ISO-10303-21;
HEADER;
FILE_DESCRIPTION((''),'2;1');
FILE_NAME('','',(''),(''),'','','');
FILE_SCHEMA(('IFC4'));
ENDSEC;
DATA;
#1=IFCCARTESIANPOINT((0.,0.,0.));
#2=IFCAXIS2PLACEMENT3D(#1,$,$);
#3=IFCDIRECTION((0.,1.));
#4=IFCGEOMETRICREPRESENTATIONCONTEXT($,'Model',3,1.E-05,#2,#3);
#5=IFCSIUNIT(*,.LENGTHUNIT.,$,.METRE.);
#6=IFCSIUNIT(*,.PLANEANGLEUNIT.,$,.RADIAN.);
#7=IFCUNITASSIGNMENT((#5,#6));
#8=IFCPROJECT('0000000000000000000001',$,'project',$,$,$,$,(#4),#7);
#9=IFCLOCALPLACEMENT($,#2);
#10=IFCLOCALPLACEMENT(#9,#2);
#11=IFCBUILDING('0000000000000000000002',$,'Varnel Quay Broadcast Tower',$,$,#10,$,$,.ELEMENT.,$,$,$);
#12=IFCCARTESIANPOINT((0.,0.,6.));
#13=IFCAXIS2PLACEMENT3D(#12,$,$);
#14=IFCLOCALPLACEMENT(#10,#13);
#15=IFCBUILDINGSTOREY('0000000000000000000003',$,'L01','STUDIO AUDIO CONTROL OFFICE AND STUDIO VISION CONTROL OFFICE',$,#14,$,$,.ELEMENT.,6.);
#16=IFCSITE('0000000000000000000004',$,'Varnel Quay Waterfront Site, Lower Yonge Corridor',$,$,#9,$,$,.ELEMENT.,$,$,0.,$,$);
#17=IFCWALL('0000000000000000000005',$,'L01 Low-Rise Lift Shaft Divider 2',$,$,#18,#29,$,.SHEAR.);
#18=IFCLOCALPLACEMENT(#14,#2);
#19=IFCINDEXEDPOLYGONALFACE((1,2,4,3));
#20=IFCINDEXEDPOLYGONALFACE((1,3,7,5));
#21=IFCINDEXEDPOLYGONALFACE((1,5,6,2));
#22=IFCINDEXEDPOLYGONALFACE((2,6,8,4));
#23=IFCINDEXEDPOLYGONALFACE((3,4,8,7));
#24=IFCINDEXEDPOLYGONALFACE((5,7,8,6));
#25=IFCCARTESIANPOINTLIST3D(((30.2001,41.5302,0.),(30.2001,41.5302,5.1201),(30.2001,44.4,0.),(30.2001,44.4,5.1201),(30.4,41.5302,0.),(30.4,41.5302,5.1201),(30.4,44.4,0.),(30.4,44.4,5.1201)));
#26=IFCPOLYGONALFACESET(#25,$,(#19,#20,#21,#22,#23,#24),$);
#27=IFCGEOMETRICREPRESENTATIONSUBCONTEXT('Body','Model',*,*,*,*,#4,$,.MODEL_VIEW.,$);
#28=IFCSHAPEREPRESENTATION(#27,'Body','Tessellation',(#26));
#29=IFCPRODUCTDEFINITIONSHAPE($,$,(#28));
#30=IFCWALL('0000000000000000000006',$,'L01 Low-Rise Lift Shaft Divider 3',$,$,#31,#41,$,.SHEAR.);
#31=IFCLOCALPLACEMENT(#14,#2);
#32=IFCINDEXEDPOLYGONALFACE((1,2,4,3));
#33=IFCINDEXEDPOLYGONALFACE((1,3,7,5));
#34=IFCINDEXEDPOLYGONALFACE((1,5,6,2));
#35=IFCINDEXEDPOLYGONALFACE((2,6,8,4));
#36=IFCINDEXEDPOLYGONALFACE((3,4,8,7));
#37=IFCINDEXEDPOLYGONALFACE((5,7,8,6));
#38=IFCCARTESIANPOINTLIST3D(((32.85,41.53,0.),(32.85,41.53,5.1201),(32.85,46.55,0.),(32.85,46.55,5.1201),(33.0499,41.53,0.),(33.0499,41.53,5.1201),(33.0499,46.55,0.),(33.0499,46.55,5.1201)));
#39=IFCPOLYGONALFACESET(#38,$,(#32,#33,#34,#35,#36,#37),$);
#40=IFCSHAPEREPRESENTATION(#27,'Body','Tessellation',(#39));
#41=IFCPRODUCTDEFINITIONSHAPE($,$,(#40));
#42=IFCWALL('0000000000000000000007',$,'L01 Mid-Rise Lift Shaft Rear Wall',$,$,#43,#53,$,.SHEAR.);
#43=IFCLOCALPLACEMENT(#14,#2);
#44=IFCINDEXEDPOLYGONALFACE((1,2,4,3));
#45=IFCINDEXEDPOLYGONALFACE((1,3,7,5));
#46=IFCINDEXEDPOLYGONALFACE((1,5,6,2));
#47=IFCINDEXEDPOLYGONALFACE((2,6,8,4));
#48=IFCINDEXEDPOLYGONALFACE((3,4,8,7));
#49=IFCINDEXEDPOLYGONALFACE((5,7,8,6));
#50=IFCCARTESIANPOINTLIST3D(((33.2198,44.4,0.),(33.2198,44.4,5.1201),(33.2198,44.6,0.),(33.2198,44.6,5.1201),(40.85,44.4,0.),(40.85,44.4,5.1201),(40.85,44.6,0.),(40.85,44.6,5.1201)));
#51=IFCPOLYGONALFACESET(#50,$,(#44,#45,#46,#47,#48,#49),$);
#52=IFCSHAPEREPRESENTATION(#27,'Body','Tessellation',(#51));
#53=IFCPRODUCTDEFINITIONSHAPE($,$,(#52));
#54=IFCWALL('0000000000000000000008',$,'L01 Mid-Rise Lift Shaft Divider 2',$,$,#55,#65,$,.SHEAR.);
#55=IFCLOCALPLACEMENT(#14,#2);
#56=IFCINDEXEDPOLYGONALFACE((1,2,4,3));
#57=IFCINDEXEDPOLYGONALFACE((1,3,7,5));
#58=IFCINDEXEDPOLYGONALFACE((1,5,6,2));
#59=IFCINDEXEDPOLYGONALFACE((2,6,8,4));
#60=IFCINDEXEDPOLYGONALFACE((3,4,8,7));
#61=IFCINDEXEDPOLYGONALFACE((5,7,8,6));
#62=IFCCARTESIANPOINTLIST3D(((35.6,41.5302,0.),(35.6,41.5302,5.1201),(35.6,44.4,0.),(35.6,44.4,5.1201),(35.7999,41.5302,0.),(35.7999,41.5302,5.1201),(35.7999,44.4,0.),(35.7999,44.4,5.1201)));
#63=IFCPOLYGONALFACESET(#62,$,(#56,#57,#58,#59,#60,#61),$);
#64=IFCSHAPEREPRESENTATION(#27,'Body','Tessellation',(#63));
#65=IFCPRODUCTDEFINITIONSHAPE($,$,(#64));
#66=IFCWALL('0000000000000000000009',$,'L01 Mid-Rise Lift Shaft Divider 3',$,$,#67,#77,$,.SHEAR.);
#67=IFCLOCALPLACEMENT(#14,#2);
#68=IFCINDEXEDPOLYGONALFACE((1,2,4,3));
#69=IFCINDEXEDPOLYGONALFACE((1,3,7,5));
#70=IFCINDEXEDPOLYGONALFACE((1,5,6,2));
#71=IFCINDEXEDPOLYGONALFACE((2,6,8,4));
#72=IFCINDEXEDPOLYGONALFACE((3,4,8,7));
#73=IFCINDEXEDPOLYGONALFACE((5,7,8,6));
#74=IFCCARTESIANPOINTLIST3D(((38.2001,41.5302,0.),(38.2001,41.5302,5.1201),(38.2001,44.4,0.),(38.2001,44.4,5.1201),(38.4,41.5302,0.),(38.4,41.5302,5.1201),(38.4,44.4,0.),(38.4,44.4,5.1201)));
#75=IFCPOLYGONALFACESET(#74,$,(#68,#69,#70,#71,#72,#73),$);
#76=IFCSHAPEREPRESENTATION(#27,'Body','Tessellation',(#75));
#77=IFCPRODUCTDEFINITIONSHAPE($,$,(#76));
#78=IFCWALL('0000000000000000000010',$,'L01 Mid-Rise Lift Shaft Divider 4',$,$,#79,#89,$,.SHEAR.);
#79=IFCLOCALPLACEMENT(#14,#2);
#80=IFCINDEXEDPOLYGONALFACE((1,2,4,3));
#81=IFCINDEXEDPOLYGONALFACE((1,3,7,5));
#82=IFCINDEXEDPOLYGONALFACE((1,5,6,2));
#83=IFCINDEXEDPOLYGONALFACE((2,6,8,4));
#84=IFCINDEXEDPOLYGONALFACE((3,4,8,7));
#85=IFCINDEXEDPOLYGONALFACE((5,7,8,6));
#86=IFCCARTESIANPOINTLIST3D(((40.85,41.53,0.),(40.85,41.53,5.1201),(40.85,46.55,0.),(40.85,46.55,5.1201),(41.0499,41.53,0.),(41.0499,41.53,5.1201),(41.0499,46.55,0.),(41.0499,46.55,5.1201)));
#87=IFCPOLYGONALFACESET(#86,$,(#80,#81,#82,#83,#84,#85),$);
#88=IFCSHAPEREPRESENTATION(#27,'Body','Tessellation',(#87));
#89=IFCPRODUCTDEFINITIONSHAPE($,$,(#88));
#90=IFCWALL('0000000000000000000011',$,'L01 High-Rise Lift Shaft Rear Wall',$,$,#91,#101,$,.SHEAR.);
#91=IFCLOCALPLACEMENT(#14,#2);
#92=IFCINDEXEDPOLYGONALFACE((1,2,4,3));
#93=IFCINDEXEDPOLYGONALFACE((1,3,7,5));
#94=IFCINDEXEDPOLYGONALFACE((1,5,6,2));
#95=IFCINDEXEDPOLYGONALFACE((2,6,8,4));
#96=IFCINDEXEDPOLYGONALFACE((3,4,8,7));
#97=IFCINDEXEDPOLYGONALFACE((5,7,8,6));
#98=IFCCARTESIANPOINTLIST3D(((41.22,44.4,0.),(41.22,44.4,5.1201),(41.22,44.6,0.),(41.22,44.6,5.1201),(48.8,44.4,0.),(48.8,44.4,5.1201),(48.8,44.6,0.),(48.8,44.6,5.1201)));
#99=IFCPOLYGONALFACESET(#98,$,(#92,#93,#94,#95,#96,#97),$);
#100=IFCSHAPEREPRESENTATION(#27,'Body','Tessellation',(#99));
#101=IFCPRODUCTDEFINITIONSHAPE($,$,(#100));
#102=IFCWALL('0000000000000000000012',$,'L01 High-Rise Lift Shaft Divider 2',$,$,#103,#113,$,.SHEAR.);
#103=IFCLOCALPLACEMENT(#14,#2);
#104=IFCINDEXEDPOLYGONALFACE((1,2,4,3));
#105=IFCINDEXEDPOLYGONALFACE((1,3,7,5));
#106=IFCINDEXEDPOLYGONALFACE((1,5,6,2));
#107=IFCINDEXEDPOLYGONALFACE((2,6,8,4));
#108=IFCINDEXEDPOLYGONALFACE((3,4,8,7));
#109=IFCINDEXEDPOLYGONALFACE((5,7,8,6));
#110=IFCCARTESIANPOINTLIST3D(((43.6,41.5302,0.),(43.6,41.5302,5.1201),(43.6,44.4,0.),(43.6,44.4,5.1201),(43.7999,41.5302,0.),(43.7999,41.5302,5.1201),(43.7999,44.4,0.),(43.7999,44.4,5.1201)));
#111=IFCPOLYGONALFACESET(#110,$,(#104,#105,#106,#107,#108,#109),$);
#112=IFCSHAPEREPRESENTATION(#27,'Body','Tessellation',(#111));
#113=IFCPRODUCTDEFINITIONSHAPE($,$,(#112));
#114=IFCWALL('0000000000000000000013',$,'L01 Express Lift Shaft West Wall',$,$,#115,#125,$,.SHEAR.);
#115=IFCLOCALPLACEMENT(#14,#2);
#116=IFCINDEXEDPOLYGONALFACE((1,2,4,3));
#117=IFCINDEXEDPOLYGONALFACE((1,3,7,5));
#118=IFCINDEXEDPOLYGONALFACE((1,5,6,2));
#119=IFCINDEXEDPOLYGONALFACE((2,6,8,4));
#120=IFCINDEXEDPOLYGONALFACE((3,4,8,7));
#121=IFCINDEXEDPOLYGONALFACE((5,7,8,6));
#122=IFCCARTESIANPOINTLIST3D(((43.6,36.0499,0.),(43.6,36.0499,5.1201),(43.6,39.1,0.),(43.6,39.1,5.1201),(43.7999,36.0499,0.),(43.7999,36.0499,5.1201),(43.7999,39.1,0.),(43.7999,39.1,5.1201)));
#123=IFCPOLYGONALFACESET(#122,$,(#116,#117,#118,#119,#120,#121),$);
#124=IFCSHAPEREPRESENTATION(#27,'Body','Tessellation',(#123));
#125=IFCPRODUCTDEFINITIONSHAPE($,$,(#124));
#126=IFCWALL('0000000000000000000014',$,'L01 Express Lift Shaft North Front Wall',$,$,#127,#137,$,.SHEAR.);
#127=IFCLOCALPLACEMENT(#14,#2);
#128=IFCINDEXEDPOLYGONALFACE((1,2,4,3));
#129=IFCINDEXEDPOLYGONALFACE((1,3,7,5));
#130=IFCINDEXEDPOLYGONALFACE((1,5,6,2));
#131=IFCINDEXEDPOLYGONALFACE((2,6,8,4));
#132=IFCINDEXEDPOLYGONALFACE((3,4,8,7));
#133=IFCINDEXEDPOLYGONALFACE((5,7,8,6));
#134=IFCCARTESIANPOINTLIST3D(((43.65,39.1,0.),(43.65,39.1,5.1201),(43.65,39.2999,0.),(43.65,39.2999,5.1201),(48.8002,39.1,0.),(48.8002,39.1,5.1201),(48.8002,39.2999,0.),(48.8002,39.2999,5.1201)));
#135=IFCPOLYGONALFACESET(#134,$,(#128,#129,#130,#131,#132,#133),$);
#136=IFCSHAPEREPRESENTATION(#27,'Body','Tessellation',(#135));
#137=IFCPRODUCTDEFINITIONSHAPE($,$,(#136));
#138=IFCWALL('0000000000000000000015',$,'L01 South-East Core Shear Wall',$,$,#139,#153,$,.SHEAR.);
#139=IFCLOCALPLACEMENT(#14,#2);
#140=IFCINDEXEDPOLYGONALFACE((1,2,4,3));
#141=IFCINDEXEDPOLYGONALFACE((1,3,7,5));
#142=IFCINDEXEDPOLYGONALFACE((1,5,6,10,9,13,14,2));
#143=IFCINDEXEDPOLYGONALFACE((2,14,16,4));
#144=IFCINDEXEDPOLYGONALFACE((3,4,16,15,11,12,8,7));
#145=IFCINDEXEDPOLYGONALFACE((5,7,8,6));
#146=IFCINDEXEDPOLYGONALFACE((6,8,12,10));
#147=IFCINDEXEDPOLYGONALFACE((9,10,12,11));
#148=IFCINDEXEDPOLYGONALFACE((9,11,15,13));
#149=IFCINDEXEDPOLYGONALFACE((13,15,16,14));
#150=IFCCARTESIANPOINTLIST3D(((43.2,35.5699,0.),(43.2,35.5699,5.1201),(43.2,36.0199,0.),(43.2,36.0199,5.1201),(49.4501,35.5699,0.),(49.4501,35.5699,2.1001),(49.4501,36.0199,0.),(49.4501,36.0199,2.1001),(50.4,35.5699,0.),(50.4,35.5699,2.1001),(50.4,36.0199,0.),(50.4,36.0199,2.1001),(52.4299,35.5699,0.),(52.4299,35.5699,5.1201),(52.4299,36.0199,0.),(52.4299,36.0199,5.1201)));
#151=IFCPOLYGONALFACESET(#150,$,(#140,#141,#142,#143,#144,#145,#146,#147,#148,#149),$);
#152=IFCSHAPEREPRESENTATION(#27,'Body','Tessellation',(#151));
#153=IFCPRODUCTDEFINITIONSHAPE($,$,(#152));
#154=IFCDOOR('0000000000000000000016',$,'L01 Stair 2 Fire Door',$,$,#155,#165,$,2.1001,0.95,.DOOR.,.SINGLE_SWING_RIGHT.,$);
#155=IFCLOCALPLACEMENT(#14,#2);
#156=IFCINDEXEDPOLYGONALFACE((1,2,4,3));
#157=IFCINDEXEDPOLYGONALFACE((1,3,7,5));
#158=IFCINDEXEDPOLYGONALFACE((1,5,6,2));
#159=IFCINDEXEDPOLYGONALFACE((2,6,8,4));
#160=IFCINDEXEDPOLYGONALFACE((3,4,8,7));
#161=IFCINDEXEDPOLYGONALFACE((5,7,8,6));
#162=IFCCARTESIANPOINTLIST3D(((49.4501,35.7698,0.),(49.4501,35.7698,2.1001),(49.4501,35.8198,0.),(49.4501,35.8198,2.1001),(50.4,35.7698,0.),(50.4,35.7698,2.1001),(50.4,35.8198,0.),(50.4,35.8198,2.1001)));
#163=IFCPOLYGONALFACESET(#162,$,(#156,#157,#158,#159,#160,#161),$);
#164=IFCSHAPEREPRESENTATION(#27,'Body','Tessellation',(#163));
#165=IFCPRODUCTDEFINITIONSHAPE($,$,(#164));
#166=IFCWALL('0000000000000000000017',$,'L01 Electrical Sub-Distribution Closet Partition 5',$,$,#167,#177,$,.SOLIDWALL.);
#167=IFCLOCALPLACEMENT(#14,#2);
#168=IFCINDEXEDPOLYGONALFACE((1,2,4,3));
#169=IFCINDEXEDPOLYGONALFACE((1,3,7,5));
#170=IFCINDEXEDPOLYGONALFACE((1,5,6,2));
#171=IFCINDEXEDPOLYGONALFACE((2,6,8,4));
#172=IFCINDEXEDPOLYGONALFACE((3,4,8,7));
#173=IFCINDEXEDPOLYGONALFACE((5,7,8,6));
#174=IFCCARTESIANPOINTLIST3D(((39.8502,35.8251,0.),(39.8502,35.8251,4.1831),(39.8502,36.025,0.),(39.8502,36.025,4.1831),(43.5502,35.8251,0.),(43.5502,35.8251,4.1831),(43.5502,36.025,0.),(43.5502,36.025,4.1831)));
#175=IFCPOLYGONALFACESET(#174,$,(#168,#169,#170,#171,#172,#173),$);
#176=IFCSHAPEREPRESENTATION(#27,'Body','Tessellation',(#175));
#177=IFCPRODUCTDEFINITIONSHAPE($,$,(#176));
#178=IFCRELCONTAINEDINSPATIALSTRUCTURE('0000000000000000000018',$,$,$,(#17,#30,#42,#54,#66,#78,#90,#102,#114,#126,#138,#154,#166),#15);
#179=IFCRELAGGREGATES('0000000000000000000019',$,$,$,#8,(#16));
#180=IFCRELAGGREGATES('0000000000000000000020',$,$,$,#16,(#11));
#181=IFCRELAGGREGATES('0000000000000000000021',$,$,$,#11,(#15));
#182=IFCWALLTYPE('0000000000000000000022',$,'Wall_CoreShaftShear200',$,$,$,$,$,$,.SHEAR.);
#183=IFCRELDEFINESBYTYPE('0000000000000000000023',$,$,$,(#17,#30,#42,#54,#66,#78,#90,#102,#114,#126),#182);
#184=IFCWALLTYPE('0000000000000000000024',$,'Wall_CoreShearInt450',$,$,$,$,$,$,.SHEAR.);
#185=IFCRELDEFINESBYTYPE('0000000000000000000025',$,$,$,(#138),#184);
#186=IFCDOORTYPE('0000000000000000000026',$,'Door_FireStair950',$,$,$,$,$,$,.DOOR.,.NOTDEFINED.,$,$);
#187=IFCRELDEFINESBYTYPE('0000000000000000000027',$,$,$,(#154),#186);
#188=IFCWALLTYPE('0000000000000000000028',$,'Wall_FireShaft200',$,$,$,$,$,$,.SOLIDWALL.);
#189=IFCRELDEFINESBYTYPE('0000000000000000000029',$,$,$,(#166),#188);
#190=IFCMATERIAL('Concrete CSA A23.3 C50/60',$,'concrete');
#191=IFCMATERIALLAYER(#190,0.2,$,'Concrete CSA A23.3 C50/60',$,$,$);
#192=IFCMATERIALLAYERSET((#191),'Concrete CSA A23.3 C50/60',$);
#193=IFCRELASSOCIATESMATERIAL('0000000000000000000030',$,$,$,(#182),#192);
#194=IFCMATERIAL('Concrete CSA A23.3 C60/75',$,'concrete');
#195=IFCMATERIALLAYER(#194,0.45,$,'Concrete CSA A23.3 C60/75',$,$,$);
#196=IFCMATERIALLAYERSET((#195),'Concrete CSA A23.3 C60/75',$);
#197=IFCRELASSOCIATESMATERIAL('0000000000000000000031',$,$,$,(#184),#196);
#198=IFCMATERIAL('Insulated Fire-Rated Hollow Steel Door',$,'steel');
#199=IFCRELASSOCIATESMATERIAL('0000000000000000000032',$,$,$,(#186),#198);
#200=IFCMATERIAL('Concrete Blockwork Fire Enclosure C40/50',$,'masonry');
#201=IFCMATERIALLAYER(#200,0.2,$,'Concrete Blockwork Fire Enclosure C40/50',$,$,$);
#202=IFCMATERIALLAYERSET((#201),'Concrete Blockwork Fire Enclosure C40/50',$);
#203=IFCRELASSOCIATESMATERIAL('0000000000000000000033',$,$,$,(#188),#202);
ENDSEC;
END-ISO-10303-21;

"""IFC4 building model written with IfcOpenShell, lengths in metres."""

from ifc_helpers import new_model, si_unit, direction, frame, frame_2d, origin, place, context, subcontext, project, spatial, rectangle, extrude, source, transform, mapped, material, layer, layer_set, type_object, type_shapes, element, fill, save


model = new_model("IFC4")

# Units and contexts
model_context = context("Model", 3, precision=1e-05, world=origin(), true_north=direction((0.0, 1.0)))
body_context = subcontext(model_context, "Body", "Model", "MODEL_VIEW")
ifc_project = project(units=[si_unit("LENGTHUNIT", "METRE"), si_unit("PLANEANGLEUNIT", "RADIAN")], contexts=[model_context])

# Site, building, storey
site_placement = place(None, origin())
site = spatial("IfcSite", under=ifc_project, at=site_placement, Name="Varnel Quay Waterfront Site, Lower Yonge Corridor", CompositionType="ELEMENT", RefElevation=0.0)
building_placement = place(site_placement, origin())
building = spatial("IfcBuilding", under=site, at=building_placement, Name="Varnel Quay Broadcast Tower", CompositionType="ELEMENT")
storey_placement = place(building_placement, frame((0.0, 0.0, 6.0)))
storey = spatial("IfcBuildingStorey", under=building, at=storey_placement, Name="L01", Description="STUDIO AUDIO CONTROL OFFICE AND STUDIO VISION CONTROL OFFICE", CompositionType="ELEMENT", Elevation=6.0)

# Walls
ifc_material_1 = material(Name="Concrete CSA A23.3 C50/60", Category="concrete")
ifc_layer_1 = layer(ifc_material_1, 0.2, Name="Concrete CSA A23.3 C50/60")
ifc_layer_set_1 = layer_set([ifc_layer_1], Name="Concrete CSA A23.3 C50/60")
wall_type_1 = type_object("IfcWallType", Name="Wall_CoreShaftShear200", PredefinedType="SHEAR", material=ifc_layer_set_1)
wall_1_placement = place(storey_placement, frame((30.3, 41.53, 0.0), z_axis=(0.0, 0.0, 1.0), x_axis=(0.0, 1.0, 0.0)))
element("IfcWall", 1, at=wall_1_placement, inside=storey, type_object=wall_type_1, Name="L01 Low-Rise Lift Shaft Divider 2", PredefinedType="SHEAR", context=body_context, shape_type="SweptSolid", body=[
    extrude(rectangle(XDim=2.8699, YDim=0.2, at=frame_2d((1.4351, 0.0))), origin(), (0.0, 0.0, 1.0), 5.1201),
])
wall_2_placement = place(storey_placement, frame((32.95, 41.53, 0.0), z_axis=(0.0, 0.0, 1.0), x_axis=(0.0, 1.0, 0.0)))
element("IfcWall", 2, at=wall_2_placement, inside=storey, type_object=wall_type_1, Name="L01 Low-Rise Lift Shaft Divider 3", PredefinedType="SHEAR", context=body_context, shape_type="SweptSolid", body=[
    extrude(rectangle(XDim=5.02, YDim=0.2, at=frame_2d((2.51, 0.0))), origin(), (0.0, 0.0, 1.0), 5.1201),
])
wall_3_placement = place(storey_placement, frame((33.22, 44.5, 0.0), z_axis=(0.0, 0.0, 1.0), x_axis=(1.0, 0.0, 0.0)))
element("IfcWall", 3, at=wall_3_placement, inside=storey, type_object=wall_type_1, Name="L01 Mid-Rise Lift Shaft Rear Wall", PredefinedType="SHEAR", context=body_context, shape_type="SweptSolid", body=[
    extrude(rectangle(XDim=7.6301, YDim=0.2, at=frame_2d((3.8149, 0.0))), origin(), (0.0, 0.0, 1.0), 5.1201),
])
for number, where, z_axis, x_axis, name in (
    (4, (35.7, 41.53, 0.0), (0.0, 0.0, 1.0), (0.0, 1.0, 0.0), "L01 Mid-Rise Lift Shaft Divider 2"),
    (5, (38.3, 41.53, 0.0), (0.0, 0.0, 1.0), (0.0, 1.0, 0.0), "L01 Mid-Rise Lift Shaft Divider 3"),
):
    element("IfcWall", number, at=place(storey_placement, frame(where, z_axis=z_axis, x_axis=x_axis)), inside=storey, type_object=wall_type_1, Name=name, PredefinedType="SHEAR", context=body_context, shape_type="SweptSolid", body=[
        extrude(rectangle(XDim=2.8699, YDim=0.2, at=frame_2d((1.4351, 0.0))), origin(), (0.0, 0.0, 1.0), 5.1201),
    ])
wall_4_placement = place(storey_placement, frame((40.95, 41.53, 0.0), z_axis=(0.0, 0.0, 1.0), x_axis=(0.0, 1.0, 0.0)))
element("IfcWall", 6, at=wall_4_placement, inside=storey, type_object=wall_type_1, Name="L01 Mid-Rise Lift Shaft Divider 4", PredefinedType="SHEAR", context=body_context, shape_type="SweptSolid", body=[
    extrude(rectangle(XDim=5.02, YDim=0.2, at=frame_2d((2.51, 0.0))), origin(), (0.0, 0.0, 1.0), 5.1201),
])
wall_5_placement = place(storey_placement, frame((41.22, 44.5, 0.0), z_axis=(0.0, 0.0, 1.0), x_axis=(1.0, 0.0, 0.0)))
element("IfcWall", 7, at=wall_5_placement, inside=storey, type_object=wall_type_1, Name="L01 High-Rise Lift Shaft Rear Wall", PredefinedType="SHEAR", context=body_context, shape_type="SweptSolid", body=[
    extrude(rectangle(XDim=7.5801, YDim=0.2, at=frame_2d((3.79, 0.0))), origin(), (0.0, 0.0, 1.0), 5.1201),
])
wall_6_placement = place(storey_placement, frame((43.7, 41.53, 0.0), z_axis=(0.0, 0.0, 1.0), x_axis=(0.0, 1.0, 0.0)))
element("IfcWall", 8, at=wall_6_placement, inside=storey, type_object=wall_type_1, Name="L01 High-Rise Lift Shaft Divider 2", PredefinedType="SHEAR", context=body_context, shape_type="SweptSolid", body=[
    extrude(rectangle(XDim=2.8699, YDim=0.2, at=frame_2d((1.4351, 0.0))), origin(), (0.0, 0.0, 1.0), 5.1201),
])
wall_7_placement = place(storey_placement, frame((43.7, 36.05, 0.0), z_axis=(0.0, 0.0, 1.0), x_axis=(0.0, 1.0, 0.0)))
element("IfcWall", 9, at=wall_7_placement, inside=storey, type_object=wall_type_1, Name="L01 Express Lift Shaft West Wall", PredefinedType="SHEAR", context=body_context, shape_type="SweptSolid", body=[
    extrude(rectangle(XDim=3.05, YDim=0.2, at=frame_2d((1.5249, 0.0))), origin(), (0.0, 0.0, 1.0), 5.1201),
])
wall_8_placement = place(storey_placement, frame((43.6499, 39.2, 0.0), z_axis=(0.0, 0.0, 1.0), x_axis=(1.0, 0.0, 0.0)))
element("IfcWall", 10, at=wall_8_placement, inside=storey, type_object=wall_type_1, Name="L01 Express Lift Shaft North Front Wall", PredefinedType="SHEAR", context=body_context, shape_type="SweptSolid", body=[
    extrude(rectangle(XDim=5.1501, YDim=0.2, at=frame_2d((2.5752, 0.0))), origin(), (0.0, 0.0, 1.0), 5.1201),
])

# Wall, opening, door
ifc_material_2 = material(Name="Concrete CSA A23.3 C60/75", Category="concrete")
ifc_layer_2 = layer(ifc_material_2, 0.45, Name="Concrete CSA A23.3 C60/75")
ifc_layer_set_2 = layer_set([ifc_layer_2], Name="Concrete CSA A23.3 C60/75")
wall_type_2 = type_object("IfcWallType", Name="Wall_CoreShearInt450", PredefinedType="SHEAR", material=ifc_layer_set_2)
wall_9_placement = place(storey_placement, frame((43.2, 35.7949, 0.0), z_axis=(0.0, 0.0, 1.0), x_axis=(1.0, 0.0, 0.0)))
wall_9 = element("IfcWall", 11, at=wall_9_placement, inside=storey, type_object=wall_type_2, Name="L01 South-East Core Shear Wall", PredefinedType="SHEAR", context=body_context, shape_type="SweptSolid", body=[
    extrude(rectangle(XDim=9.23, YDim=0.45, at=frame_2d((4.615, 0.0))), origin(), (0.0, 0.0, 1.0), 5.1201),
])
opening_1_placement = place(wall_9_placement, frame((6.25, 0.0, 0.0)))
opening_1 = element("IfcOpeningElement", 12, at=opening_1_placement, cuts=wall_9, PredefinedType="OPENING", context=body_context, shape_type="SweptSolid", body=[
    extrude(rectangle(XDim=0.95, YDim=2.1001, at=frame_2d((0.4751, 1.05))), frame((0.0, 0.2349, 0.0), z_axis=(0.0, -1.0, 0.0), x_axis=(1.0, 0.0, 0.0)), (0.0, 0.0, 1.0), 0.47),
])
ifc_material_3 = material(Name="Insulated Fire-Rated Hollow Steel Door", Category="steel")
door_type_1 = type_object("IfcDoorType", Name="Door_FireStair950", OperationType="NOTDEFINED", PredefinedType="DOOR", material=ifc_material_3)
shared_shape_1 = source(origin(), body_context, "Body", "SweptSolid", [
    extrude(rectangle(XDim=0.95, YDim=2.1001, at=frame_2d((0.4751, 1.05))), frame((0.0, 0.0249, 0.0), z_axis=(0.0, -1.0, 0.0), x_axis=(1.0, 0.0, 0.0)), (0.0, 0.0, 1.0), 0.05),
])
type_shapes(door_type_1, [shared_shape_1])
door_1_placement = place(opening_1_placement, origin())
door_1 = element("IfcDoor", 13, at=door_1_placement, inside=storey, type_object=door_type_1, Name="L01 Stair 2 Fire Door", OperationType="SINGLE_SWING_RIGHT", OverallHeight=2.1001, OverallWidth=0.95, PredefinedType="DOOR", context=body_context, shape_type="MappedRepresentation", body=[
    mapped(shared_shape_1, transform((0.0, 0.0, 0.0), x_axis=(1.0, 0.0, 0.0), y_axis=(0.0, 1.0, 0.0), z_axis=(0.0, 0.0, 1.0), scale=1.0)),
])
fill(opening_1, door_1)

# Wall
ifc_material_4 = material(Name="Concrete Blockwork Fire Enclosure C40/50", Category="masonry")
ifc_layer_3 = layer(ifc_material_4, 0.2, Name="Concrete Blockwork Fire Enclosure C40/50")
ifc_layer_set_3 = layer_set([ifc_layer_3], Name="Concrete Blockwork Fire Enclosure C40/50")
wall_type_3 = type_object("IfcWallType", Name="Wall_FireShaft200", PredefinedType="SOLIDWALL", material=ifc_layer_set_3)
wall_10_placement = place(storey_placement, frame((39.8501, 35.925, 0.0), z_axis=(0.0, 0.0, 1.0), x_axis=(1.0, 0.0, 0.0)))
element("IfcWall", 14, at=wall_10_placement, inside=storey, type_object=wall_type_3, Name="L01 Electrical Sub-Distribution Closet Partition 5", PredefinedType="SOLIDWALL", context=body_context, shape_type="SweptSolid", body=[
    extrude(rectangle(XDim=3.7, YDim=0.2, at=frame_2d((1.8501, 0.0))), origin(), (0.0, 0.0, 1.0), 4.1831),
])

save(model, "model.ifc")
